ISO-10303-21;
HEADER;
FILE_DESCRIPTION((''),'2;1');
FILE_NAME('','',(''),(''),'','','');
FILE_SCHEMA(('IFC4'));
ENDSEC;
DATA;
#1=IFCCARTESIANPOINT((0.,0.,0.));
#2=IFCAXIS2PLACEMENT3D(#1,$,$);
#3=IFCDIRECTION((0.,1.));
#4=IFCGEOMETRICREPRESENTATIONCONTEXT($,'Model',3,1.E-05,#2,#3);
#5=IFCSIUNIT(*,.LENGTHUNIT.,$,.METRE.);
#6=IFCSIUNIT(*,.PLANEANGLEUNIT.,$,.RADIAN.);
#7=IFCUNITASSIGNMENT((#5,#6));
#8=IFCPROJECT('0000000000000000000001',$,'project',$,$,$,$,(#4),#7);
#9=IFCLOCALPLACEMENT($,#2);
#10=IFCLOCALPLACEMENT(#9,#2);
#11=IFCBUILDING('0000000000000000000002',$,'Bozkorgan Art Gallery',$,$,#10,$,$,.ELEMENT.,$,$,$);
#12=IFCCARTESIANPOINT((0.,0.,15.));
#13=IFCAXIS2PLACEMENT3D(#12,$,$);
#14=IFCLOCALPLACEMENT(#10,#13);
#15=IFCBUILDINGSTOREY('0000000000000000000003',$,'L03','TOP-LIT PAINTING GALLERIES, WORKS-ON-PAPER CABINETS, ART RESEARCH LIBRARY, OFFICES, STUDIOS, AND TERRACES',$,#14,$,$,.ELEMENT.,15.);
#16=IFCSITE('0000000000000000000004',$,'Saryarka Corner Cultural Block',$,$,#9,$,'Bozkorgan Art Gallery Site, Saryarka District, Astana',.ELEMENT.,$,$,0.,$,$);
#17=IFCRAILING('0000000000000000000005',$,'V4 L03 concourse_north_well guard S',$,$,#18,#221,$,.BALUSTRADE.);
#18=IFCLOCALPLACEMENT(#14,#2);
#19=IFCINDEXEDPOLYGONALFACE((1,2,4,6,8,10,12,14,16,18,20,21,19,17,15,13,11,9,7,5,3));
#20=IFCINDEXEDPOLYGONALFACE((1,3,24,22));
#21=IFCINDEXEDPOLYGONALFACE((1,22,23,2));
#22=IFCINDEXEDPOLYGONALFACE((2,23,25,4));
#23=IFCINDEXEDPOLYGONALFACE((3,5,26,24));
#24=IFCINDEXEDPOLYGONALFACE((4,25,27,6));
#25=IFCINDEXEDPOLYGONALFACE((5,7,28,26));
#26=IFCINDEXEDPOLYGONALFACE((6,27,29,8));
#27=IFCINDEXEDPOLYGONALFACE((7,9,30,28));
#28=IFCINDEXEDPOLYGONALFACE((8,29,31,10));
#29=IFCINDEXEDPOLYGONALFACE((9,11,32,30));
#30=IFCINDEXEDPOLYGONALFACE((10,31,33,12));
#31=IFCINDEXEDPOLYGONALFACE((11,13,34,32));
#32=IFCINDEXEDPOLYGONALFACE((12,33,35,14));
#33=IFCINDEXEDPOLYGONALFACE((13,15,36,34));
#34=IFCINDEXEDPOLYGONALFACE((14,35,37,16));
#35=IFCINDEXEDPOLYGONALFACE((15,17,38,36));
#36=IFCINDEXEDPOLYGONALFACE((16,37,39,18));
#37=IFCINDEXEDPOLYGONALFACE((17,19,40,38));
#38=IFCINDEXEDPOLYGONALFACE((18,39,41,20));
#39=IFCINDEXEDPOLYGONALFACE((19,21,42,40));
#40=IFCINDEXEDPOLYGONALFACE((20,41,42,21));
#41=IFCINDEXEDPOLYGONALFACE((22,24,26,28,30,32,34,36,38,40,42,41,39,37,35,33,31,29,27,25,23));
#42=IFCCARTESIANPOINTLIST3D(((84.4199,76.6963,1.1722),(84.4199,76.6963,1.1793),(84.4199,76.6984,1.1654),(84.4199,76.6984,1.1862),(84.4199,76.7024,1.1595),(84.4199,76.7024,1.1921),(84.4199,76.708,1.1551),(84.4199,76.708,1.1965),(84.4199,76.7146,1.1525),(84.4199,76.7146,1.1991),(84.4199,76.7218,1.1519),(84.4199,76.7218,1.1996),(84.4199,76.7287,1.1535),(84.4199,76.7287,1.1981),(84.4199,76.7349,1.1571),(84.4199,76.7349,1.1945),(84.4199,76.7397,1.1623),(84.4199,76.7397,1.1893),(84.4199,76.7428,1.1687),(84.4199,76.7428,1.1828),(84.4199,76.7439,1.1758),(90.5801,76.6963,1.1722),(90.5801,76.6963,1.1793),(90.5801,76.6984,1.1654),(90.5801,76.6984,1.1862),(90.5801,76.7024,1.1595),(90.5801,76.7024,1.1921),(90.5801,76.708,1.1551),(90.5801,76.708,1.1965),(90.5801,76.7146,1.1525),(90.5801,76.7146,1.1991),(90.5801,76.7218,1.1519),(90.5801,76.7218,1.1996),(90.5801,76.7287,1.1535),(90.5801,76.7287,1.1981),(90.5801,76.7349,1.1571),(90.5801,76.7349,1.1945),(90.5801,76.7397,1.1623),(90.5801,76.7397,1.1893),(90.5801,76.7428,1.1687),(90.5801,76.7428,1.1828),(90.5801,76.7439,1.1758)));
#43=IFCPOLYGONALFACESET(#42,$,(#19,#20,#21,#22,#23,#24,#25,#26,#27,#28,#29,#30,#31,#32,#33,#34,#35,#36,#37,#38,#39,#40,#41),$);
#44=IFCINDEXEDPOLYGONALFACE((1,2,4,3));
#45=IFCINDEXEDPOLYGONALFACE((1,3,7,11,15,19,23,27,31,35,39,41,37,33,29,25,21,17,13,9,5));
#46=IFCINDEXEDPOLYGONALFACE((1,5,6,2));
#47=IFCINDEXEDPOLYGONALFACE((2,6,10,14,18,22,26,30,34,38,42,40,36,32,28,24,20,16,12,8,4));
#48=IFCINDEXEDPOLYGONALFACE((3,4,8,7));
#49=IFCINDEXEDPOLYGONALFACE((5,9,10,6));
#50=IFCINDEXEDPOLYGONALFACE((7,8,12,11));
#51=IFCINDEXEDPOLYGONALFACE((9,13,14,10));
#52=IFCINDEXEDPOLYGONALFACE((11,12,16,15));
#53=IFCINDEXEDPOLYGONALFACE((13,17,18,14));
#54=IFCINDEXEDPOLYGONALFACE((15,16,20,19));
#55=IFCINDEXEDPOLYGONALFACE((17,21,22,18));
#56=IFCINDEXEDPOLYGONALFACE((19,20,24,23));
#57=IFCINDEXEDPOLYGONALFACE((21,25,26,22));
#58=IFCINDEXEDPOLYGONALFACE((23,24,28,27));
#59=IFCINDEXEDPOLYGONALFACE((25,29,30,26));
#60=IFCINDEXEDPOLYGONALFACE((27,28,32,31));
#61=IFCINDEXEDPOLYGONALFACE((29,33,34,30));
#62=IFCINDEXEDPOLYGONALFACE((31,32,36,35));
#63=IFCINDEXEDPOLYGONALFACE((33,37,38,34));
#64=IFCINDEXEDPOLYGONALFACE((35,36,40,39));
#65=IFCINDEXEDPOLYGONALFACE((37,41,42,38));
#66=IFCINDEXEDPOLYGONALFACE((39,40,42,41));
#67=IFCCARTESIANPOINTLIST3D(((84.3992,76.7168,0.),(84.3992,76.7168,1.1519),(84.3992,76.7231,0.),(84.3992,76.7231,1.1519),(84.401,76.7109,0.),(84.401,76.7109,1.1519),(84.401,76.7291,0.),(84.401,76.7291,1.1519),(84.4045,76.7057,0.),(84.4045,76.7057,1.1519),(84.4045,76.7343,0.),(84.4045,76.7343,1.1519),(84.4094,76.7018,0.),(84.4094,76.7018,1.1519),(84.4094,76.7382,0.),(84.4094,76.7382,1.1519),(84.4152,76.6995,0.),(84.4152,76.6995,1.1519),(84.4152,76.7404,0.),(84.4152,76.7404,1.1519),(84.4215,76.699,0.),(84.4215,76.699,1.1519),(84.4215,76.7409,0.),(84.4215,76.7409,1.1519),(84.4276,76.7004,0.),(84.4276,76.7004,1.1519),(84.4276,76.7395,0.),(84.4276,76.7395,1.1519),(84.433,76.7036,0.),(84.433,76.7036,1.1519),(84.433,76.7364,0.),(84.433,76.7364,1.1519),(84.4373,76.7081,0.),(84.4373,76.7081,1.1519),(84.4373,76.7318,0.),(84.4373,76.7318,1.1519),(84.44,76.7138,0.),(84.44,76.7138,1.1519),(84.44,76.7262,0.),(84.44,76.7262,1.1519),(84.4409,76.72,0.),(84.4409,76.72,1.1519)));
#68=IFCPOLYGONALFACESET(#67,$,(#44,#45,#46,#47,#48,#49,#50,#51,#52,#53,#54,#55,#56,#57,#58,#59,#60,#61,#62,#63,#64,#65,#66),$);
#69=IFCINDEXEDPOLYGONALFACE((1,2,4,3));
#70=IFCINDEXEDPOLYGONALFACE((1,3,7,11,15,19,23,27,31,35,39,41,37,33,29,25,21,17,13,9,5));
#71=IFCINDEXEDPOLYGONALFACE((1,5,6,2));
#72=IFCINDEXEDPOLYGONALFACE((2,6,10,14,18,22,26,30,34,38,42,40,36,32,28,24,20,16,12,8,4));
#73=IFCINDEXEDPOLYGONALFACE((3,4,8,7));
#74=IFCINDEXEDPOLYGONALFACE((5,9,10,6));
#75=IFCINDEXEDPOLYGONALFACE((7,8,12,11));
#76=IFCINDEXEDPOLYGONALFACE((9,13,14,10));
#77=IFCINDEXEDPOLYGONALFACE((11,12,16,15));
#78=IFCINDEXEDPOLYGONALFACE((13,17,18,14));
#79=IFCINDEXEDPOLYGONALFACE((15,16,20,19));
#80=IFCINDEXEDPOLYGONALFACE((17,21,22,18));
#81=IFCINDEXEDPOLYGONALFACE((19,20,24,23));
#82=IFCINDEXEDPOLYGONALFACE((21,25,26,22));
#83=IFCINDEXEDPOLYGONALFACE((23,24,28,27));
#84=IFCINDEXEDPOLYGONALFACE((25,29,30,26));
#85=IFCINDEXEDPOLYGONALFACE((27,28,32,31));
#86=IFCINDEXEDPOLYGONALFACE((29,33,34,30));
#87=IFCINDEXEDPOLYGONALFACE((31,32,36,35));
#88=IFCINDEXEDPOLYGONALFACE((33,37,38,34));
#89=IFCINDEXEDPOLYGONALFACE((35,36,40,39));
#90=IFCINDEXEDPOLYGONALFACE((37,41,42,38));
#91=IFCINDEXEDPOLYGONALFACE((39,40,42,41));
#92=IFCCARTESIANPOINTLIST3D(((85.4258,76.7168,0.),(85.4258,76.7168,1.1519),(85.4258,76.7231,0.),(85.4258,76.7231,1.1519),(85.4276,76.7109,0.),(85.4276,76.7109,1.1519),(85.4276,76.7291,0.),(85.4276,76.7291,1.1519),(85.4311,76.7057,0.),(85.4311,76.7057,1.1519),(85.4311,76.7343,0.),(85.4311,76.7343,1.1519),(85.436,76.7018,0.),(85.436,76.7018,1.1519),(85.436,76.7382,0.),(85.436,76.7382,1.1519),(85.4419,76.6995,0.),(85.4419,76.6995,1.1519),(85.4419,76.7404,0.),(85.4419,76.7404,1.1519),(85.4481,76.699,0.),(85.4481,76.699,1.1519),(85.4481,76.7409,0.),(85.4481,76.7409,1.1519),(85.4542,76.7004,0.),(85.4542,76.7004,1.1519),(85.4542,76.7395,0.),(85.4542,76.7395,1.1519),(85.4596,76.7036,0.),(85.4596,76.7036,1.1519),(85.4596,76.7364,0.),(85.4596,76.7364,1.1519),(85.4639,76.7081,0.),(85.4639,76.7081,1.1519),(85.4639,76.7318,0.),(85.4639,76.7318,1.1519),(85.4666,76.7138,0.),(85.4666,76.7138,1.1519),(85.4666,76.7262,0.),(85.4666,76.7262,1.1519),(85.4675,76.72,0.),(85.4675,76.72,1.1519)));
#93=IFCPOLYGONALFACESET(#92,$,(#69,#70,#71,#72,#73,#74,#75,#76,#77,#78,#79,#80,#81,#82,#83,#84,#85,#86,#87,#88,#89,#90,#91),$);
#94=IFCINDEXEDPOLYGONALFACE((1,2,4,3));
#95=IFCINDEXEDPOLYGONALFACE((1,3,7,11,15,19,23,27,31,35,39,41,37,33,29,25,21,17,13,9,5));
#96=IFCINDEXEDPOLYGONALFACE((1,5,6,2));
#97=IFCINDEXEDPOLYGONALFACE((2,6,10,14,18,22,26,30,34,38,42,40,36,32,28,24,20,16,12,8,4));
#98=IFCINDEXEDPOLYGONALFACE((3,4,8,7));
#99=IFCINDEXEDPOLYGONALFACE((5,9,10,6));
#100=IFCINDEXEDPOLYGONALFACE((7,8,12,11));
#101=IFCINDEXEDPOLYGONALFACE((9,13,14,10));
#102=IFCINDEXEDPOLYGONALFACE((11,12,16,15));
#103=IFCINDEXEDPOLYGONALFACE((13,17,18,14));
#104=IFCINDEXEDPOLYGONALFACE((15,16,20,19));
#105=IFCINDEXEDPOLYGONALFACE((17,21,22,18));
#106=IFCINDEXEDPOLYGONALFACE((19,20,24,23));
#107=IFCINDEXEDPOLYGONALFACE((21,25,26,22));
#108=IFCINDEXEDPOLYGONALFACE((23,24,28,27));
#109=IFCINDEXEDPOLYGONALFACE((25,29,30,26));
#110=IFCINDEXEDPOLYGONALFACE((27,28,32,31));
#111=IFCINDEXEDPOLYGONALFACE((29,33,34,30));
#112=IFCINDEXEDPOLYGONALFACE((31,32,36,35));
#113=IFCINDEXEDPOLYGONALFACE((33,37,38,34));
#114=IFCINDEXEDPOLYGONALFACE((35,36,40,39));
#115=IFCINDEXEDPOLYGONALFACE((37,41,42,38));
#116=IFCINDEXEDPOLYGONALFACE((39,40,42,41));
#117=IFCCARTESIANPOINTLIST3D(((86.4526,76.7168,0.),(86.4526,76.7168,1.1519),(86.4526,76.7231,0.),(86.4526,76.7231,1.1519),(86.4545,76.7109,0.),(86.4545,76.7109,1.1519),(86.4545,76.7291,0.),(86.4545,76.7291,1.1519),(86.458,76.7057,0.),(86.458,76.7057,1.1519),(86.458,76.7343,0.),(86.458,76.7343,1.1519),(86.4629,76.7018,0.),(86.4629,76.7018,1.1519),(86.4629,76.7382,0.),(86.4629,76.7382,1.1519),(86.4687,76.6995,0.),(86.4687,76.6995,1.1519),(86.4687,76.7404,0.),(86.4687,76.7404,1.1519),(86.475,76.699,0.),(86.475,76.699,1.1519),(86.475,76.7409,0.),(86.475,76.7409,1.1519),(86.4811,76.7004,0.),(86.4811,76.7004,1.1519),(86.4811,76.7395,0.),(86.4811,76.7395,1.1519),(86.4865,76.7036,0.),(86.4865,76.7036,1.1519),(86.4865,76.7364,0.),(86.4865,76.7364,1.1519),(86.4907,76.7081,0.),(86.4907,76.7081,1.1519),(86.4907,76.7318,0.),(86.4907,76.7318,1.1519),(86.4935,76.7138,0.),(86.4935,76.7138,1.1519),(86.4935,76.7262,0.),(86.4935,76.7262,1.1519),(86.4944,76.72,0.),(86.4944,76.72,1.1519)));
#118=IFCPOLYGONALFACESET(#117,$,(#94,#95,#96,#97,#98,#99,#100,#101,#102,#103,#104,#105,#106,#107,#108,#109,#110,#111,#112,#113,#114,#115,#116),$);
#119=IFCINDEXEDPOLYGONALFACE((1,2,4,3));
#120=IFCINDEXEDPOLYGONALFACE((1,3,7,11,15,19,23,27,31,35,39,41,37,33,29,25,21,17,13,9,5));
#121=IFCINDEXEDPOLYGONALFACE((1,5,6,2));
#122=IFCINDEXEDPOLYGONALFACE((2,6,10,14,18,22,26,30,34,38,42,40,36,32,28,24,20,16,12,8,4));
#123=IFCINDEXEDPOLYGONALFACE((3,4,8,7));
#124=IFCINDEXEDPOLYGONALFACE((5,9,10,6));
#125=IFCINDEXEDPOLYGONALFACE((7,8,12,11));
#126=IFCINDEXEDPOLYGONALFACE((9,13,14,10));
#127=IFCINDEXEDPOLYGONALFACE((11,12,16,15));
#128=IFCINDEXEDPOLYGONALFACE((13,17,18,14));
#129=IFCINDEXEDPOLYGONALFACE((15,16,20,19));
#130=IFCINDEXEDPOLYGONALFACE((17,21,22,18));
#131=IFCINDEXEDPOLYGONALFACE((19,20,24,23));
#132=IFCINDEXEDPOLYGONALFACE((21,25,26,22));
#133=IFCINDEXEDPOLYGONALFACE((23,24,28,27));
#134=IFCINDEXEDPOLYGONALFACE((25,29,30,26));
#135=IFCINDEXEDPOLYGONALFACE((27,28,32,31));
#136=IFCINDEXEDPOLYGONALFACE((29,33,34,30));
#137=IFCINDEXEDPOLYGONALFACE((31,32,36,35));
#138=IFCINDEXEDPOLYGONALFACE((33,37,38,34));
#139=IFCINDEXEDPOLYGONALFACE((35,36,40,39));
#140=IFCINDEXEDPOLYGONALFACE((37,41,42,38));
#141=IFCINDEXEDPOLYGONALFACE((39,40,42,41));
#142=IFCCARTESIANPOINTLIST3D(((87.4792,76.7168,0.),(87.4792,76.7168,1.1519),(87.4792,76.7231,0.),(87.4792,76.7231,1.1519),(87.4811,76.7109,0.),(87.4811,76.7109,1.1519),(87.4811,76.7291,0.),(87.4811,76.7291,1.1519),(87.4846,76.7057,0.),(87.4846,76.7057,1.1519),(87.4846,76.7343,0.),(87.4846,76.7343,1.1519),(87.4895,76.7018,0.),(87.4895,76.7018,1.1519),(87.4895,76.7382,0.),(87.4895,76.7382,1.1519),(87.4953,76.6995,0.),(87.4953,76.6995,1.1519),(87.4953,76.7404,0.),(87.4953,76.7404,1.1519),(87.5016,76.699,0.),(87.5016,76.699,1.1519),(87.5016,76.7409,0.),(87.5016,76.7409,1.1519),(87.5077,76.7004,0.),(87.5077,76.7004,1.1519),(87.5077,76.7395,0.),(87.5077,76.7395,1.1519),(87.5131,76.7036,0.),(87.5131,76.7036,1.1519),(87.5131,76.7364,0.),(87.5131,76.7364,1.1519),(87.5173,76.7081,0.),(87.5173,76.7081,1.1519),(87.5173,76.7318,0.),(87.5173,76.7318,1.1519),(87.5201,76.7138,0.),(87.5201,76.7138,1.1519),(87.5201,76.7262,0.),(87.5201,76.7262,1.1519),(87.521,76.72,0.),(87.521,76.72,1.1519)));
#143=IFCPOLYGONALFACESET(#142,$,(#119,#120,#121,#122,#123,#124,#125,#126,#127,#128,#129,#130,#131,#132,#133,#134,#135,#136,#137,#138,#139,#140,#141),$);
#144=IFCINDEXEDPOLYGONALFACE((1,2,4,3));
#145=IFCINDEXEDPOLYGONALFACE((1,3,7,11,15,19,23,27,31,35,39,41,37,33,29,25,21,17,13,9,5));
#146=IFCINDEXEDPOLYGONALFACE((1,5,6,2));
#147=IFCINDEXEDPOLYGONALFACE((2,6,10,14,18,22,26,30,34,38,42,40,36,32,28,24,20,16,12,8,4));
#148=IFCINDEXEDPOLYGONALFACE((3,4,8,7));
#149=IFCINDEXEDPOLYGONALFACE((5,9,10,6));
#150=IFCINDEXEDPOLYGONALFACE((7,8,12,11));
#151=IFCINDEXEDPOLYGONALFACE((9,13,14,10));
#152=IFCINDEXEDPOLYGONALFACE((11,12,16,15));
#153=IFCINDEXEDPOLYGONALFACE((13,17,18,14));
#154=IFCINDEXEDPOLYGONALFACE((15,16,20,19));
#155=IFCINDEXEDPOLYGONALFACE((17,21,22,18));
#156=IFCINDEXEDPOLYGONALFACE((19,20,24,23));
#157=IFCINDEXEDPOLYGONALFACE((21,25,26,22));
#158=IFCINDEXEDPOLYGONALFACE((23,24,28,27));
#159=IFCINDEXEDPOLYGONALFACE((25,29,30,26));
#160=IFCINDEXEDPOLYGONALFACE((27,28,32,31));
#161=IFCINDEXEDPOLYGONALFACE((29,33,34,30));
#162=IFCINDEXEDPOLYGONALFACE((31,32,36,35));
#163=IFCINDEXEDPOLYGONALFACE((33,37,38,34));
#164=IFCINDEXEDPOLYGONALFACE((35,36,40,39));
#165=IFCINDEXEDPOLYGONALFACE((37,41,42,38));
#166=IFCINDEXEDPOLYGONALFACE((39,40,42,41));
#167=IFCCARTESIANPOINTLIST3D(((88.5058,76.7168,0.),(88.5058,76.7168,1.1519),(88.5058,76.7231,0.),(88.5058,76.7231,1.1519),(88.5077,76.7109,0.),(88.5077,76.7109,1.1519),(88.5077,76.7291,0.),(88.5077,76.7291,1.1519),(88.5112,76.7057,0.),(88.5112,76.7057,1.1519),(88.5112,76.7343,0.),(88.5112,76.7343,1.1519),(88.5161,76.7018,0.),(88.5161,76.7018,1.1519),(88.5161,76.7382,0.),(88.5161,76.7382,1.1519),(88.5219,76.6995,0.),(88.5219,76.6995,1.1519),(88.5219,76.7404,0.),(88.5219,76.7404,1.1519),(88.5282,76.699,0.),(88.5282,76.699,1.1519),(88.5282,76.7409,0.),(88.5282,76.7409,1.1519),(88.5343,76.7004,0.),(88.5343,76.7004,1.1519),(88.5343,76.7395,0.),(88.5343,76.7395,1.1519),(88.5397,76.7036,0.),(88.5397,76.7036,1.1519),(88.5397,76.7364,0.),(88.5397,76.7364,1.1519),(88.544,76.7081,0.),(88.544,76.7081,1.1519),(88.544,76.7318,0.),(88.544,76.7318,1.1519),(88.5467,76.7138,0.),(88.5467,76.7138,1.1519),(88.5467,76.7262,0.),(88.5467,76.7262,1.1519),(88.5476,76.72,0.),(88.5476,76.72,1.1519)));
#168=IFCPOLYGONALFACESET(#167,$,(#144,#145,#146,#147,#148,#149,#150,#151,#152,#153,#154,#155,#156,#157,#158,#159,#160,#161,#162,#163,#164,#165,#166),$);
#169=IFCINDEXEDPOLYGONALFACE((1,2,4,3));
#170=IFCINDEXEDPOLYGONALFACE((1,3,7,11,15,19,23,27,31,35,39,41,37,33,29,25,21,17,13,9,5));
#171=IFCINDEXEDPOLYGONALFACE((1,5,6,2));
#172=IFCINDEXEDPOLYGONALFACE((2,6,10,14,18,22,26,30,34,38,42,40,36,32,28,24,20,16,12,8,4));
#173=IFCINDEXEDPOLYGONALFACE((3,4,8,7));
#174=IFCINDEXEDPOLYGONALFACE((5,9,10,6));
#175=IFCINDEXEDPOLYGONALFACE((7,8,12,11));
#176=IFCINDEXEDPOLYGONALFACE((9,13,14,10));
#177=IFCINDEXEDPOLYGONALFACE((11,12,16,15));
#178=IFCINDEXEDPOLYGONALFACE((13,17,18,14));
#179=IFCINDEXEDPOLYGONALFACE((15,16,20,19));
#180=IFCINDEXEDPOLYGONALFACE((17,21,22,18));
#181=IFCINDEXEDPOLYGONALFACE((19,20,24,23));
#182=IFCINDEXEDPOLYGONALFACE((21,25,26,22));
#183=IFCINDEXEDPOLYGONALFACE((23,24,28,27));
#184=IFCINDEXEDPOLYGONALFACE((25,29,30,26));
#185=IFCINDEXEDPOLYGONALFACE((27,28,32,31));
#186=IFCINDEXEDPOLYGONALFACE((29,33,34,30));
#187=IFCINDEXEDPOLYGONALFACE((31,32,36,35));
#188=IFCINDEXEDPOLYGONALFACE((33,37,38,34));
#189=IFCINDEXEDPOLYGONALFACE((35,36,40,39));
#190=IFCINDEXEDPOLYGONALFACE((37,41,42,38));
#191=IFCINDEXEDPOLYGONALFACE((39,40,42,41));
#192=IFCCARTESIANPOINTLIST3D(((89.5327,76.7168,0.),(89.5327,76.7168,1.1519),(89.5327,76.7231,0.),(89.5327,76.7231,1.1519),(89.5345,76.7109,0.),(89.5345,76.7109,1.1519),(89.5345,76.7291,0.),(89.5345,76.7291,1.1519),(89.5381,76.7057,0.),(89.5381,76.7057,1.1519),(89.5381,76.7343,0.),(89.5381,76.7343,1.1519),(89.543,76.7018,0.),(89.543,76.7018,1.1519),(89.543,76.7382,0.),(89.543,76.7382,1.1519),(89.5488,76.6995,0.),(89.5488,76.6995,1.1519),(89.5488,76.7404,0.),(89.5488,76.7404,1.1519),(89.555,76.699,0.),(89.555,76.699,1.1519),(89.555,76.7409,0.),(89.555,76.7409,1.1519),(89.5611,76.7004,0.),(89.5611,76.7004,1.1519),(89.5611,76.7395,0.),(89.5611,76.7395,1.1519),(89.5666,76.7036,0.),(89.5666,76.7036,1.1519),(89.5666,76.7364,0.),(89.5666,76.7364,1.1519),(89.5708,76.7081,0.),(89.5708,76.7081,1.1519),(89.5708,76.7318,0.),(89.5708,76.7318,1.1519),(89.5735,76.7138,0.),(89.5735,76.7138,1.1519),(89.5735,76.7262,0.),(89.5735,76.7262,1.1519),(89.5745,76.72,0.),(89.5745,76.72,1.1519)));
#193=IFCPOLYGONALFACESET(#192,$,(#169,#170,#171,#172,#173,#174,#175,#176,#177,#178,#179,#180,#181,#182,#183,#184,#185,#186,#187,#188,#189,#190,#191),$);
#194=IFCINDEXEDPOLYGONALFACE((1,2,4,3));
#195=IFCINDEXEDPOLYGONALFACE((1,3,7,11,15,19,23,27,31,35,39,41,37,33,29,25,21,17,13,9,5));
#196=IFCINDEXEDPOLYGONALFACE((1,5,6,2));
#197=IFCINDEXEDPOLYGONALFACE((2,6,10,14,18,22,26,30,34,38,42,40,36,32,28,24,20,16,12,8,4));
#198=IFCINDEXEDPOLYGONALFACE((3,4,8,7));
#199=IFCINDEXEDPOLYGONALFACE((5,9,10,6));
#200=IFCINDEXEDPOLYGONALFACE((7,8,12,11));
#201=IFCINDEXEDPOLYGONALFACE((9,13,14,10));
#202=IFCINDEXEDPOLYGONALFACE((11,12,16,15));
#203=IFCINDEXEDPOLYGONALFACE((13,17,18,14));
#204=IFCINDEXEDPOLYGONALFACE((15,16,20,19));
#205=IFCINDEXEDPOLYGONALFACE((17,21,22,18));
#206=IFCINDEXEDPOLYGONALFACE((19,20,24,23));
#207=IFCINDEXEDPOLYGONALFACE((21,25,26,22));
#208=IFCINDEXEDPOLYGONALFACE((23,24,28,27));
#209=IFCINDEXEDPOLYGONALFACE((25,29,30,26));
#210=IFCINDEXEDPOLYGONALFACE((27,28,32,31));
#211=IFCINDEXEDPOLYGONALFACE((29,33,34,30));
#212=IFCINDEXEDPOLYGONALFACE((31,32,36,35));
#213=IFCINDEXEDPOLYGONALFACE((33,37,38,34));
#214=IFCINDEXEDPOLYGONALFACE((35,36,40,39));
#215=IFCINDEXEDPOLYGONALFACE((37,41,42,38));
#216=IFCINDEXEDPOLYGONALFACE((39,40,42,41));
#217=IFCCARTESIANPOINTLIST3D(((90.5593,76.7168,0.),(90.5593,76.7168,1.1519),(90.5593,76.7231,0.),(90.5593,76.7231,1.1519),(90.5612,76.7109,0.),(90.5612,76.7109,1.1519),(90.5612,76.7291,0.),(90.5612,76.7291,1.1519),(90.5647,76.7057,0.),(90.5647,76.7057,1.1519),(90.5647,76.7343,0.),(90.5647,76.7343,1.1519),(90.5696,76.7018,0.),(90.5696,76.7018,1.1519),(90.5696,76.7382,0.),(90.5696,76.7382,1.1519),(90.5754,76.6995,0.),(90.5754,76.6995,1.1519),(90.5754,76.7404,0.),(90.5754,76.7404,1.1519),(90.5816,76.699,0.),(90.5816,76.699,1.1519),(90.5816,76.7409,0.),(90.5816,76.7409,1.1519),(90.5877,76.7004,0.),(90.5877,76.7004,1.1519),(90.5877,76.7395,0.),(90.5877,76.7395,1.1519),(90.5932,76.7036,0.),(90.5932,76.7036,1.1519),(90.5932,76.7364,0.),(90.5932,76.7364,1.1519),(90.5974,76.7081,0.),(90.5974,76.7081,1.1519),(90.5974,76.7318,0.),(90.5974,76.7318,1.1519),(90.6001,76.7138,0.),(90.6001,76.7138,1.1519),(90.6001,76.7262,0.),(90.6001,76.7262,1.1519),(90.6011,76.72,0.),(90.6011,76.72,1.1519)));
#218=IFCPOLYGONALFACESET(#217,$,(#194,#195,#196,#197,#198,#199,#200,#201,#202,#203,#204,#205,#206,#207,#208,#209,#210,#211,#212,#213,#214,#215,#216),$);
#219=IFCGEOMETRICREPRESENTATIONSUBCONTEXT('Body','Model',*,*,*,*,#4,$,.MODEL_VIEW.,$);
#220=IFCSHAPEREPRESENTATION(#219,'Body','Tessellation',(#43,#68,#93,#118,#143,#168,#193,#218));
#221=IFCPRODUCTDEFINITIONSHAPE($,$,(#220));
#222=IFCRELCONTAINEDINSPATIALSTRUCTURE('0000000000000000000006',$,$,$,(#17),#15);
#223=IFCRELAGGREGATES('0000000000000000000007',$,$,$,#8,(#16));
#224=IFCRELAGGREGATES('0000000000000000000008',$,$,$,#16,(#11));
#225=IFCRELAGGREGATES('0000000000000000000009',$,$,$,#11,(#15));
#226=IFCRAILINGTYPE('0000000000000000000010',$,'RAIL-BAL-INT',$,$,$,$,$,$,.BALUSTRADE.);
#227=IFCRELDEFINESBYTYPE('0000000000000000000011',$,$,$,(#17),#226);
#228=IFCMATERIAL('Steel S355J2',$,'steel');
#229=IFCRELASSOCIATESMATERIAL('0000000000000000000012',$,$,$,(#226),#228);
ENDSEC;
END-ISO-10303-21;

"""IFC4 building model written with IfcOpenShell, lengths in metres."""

from ifc_helpers import new_model, si_unit, direction, frame, origin, origin_2d, place, context, subcontext, project, spatial, circle, extrude, material, type_object, element, save


model = new_model("IFC4")

# Units and contexts
model_context = context("Model", 3, precision=1e-05, world=origin(), true_north=direction((0.0, 1.0)))
body_context = subcontext(model_context, "Body", "Model", "MODEL_VIEW")
ifc_project = project(units=[si_unit("LENGTHUNIT", "METRE"), si_unit("PLANEANGLEUNIT", "RADIAN")], contexts=[model_context])

# Site, building, storey
site_placement = place(None, origin())
site = spatial("IfcSite", under=ifc_project, at=site_placement, Name="Saryarka Corner Cultural Block", LongName="Bozkorgan Art Gallery Site, Saryarka District, Astana", CompositionType="ELEMENT", RefElevation=0.0)
building_placement = place(site_placement, origin())
building = spatial("IfcBuilding", under=site, at=building_placement, Name="Bozkorgan Art Gallery", CompositionType="ELEMENT")
storey_placement = place(building_placement, frame((0.0, 0.0, 15.0)))
storey = spatial("IfcBuildingStorey", under=building, at=storey_placement, Name="L03", Description="TOP-LIT PAINTING GALLERIES, WORKS-ON-PAPER CABINETS, ART RESEARCH LIBRARY, OFFICES, STUDIOS, AND TERRACES", CompositionType="ELEMENT", Elevation=15.0)

# Shared definitions
ifc_material_1 = material(Name="Steel S355J2", Category="steel")

# Railing
railing_type = type_object("IfcRailingType", Name="RAIL-BAL-INT", PredefinedType="BALUSTRADE", material=ifc_material_1)
railing_placement = place(storey_placement, frame((84.4199, 76.72, 0.0)))
element("IfcRailing", 1, at=railing_placement, inside=storey, type_object=railing_type, Name="V4 L03 concourse_north_well guard S", PredefinedType="BALUSTRADE", context=body_context, shape_type="SweptSolid", body=[
    extrude(circle(Radius=0.0239, at=origin_2d()), frame((0.0, 0.0, 1.1758), z_axis=(1.0, 0.0, 0.0), x_axis=(0.0, 1.0, 0.0)), (0.0, 0.0, 1.0), 6.1602),
    extrude(circle(Radius=0.021, at=origin_2d()), origin(), (0.0, 0.0, 1.0), 1.1519),
    extrude(circle(Radius=0.021, at=origin_2d()), frame((1.0266, 0.0, 0.0)), (0.0, 0.0, 1.0), 1.1519),
    extrude(circle(Radius=0.021, at=origin_2d()), frame((2.0535, 0.0, 0.0)), (0.0, 0.0, 1.0), 1.1519),
    extrude(circle(Radius=0.021, at=origin_2d()), frame((3.0801, 0.0, 0.0)), (0.0, 0.0, 1.0), 1.1519),
    extrude(circle(Radius=0.021, at=origin_2d()), frame((4.1067, 0.0, 0.0)), (0.0, 0.0, 1.0), 1.1519),
    extrude(circle(Radius=0.021, at=origin_2d()), frame((5.1335, 0.0, 0.0)), (0.0, 0.0, 1.0), 1.1519),
    extrude(circle(Radius=0.021, at=origin_2d()), frame((6.1602, 0.0, 0.0)), (0.0, 0.0, 1.0), 1.1519),
])

save(model, "model.ifc")
